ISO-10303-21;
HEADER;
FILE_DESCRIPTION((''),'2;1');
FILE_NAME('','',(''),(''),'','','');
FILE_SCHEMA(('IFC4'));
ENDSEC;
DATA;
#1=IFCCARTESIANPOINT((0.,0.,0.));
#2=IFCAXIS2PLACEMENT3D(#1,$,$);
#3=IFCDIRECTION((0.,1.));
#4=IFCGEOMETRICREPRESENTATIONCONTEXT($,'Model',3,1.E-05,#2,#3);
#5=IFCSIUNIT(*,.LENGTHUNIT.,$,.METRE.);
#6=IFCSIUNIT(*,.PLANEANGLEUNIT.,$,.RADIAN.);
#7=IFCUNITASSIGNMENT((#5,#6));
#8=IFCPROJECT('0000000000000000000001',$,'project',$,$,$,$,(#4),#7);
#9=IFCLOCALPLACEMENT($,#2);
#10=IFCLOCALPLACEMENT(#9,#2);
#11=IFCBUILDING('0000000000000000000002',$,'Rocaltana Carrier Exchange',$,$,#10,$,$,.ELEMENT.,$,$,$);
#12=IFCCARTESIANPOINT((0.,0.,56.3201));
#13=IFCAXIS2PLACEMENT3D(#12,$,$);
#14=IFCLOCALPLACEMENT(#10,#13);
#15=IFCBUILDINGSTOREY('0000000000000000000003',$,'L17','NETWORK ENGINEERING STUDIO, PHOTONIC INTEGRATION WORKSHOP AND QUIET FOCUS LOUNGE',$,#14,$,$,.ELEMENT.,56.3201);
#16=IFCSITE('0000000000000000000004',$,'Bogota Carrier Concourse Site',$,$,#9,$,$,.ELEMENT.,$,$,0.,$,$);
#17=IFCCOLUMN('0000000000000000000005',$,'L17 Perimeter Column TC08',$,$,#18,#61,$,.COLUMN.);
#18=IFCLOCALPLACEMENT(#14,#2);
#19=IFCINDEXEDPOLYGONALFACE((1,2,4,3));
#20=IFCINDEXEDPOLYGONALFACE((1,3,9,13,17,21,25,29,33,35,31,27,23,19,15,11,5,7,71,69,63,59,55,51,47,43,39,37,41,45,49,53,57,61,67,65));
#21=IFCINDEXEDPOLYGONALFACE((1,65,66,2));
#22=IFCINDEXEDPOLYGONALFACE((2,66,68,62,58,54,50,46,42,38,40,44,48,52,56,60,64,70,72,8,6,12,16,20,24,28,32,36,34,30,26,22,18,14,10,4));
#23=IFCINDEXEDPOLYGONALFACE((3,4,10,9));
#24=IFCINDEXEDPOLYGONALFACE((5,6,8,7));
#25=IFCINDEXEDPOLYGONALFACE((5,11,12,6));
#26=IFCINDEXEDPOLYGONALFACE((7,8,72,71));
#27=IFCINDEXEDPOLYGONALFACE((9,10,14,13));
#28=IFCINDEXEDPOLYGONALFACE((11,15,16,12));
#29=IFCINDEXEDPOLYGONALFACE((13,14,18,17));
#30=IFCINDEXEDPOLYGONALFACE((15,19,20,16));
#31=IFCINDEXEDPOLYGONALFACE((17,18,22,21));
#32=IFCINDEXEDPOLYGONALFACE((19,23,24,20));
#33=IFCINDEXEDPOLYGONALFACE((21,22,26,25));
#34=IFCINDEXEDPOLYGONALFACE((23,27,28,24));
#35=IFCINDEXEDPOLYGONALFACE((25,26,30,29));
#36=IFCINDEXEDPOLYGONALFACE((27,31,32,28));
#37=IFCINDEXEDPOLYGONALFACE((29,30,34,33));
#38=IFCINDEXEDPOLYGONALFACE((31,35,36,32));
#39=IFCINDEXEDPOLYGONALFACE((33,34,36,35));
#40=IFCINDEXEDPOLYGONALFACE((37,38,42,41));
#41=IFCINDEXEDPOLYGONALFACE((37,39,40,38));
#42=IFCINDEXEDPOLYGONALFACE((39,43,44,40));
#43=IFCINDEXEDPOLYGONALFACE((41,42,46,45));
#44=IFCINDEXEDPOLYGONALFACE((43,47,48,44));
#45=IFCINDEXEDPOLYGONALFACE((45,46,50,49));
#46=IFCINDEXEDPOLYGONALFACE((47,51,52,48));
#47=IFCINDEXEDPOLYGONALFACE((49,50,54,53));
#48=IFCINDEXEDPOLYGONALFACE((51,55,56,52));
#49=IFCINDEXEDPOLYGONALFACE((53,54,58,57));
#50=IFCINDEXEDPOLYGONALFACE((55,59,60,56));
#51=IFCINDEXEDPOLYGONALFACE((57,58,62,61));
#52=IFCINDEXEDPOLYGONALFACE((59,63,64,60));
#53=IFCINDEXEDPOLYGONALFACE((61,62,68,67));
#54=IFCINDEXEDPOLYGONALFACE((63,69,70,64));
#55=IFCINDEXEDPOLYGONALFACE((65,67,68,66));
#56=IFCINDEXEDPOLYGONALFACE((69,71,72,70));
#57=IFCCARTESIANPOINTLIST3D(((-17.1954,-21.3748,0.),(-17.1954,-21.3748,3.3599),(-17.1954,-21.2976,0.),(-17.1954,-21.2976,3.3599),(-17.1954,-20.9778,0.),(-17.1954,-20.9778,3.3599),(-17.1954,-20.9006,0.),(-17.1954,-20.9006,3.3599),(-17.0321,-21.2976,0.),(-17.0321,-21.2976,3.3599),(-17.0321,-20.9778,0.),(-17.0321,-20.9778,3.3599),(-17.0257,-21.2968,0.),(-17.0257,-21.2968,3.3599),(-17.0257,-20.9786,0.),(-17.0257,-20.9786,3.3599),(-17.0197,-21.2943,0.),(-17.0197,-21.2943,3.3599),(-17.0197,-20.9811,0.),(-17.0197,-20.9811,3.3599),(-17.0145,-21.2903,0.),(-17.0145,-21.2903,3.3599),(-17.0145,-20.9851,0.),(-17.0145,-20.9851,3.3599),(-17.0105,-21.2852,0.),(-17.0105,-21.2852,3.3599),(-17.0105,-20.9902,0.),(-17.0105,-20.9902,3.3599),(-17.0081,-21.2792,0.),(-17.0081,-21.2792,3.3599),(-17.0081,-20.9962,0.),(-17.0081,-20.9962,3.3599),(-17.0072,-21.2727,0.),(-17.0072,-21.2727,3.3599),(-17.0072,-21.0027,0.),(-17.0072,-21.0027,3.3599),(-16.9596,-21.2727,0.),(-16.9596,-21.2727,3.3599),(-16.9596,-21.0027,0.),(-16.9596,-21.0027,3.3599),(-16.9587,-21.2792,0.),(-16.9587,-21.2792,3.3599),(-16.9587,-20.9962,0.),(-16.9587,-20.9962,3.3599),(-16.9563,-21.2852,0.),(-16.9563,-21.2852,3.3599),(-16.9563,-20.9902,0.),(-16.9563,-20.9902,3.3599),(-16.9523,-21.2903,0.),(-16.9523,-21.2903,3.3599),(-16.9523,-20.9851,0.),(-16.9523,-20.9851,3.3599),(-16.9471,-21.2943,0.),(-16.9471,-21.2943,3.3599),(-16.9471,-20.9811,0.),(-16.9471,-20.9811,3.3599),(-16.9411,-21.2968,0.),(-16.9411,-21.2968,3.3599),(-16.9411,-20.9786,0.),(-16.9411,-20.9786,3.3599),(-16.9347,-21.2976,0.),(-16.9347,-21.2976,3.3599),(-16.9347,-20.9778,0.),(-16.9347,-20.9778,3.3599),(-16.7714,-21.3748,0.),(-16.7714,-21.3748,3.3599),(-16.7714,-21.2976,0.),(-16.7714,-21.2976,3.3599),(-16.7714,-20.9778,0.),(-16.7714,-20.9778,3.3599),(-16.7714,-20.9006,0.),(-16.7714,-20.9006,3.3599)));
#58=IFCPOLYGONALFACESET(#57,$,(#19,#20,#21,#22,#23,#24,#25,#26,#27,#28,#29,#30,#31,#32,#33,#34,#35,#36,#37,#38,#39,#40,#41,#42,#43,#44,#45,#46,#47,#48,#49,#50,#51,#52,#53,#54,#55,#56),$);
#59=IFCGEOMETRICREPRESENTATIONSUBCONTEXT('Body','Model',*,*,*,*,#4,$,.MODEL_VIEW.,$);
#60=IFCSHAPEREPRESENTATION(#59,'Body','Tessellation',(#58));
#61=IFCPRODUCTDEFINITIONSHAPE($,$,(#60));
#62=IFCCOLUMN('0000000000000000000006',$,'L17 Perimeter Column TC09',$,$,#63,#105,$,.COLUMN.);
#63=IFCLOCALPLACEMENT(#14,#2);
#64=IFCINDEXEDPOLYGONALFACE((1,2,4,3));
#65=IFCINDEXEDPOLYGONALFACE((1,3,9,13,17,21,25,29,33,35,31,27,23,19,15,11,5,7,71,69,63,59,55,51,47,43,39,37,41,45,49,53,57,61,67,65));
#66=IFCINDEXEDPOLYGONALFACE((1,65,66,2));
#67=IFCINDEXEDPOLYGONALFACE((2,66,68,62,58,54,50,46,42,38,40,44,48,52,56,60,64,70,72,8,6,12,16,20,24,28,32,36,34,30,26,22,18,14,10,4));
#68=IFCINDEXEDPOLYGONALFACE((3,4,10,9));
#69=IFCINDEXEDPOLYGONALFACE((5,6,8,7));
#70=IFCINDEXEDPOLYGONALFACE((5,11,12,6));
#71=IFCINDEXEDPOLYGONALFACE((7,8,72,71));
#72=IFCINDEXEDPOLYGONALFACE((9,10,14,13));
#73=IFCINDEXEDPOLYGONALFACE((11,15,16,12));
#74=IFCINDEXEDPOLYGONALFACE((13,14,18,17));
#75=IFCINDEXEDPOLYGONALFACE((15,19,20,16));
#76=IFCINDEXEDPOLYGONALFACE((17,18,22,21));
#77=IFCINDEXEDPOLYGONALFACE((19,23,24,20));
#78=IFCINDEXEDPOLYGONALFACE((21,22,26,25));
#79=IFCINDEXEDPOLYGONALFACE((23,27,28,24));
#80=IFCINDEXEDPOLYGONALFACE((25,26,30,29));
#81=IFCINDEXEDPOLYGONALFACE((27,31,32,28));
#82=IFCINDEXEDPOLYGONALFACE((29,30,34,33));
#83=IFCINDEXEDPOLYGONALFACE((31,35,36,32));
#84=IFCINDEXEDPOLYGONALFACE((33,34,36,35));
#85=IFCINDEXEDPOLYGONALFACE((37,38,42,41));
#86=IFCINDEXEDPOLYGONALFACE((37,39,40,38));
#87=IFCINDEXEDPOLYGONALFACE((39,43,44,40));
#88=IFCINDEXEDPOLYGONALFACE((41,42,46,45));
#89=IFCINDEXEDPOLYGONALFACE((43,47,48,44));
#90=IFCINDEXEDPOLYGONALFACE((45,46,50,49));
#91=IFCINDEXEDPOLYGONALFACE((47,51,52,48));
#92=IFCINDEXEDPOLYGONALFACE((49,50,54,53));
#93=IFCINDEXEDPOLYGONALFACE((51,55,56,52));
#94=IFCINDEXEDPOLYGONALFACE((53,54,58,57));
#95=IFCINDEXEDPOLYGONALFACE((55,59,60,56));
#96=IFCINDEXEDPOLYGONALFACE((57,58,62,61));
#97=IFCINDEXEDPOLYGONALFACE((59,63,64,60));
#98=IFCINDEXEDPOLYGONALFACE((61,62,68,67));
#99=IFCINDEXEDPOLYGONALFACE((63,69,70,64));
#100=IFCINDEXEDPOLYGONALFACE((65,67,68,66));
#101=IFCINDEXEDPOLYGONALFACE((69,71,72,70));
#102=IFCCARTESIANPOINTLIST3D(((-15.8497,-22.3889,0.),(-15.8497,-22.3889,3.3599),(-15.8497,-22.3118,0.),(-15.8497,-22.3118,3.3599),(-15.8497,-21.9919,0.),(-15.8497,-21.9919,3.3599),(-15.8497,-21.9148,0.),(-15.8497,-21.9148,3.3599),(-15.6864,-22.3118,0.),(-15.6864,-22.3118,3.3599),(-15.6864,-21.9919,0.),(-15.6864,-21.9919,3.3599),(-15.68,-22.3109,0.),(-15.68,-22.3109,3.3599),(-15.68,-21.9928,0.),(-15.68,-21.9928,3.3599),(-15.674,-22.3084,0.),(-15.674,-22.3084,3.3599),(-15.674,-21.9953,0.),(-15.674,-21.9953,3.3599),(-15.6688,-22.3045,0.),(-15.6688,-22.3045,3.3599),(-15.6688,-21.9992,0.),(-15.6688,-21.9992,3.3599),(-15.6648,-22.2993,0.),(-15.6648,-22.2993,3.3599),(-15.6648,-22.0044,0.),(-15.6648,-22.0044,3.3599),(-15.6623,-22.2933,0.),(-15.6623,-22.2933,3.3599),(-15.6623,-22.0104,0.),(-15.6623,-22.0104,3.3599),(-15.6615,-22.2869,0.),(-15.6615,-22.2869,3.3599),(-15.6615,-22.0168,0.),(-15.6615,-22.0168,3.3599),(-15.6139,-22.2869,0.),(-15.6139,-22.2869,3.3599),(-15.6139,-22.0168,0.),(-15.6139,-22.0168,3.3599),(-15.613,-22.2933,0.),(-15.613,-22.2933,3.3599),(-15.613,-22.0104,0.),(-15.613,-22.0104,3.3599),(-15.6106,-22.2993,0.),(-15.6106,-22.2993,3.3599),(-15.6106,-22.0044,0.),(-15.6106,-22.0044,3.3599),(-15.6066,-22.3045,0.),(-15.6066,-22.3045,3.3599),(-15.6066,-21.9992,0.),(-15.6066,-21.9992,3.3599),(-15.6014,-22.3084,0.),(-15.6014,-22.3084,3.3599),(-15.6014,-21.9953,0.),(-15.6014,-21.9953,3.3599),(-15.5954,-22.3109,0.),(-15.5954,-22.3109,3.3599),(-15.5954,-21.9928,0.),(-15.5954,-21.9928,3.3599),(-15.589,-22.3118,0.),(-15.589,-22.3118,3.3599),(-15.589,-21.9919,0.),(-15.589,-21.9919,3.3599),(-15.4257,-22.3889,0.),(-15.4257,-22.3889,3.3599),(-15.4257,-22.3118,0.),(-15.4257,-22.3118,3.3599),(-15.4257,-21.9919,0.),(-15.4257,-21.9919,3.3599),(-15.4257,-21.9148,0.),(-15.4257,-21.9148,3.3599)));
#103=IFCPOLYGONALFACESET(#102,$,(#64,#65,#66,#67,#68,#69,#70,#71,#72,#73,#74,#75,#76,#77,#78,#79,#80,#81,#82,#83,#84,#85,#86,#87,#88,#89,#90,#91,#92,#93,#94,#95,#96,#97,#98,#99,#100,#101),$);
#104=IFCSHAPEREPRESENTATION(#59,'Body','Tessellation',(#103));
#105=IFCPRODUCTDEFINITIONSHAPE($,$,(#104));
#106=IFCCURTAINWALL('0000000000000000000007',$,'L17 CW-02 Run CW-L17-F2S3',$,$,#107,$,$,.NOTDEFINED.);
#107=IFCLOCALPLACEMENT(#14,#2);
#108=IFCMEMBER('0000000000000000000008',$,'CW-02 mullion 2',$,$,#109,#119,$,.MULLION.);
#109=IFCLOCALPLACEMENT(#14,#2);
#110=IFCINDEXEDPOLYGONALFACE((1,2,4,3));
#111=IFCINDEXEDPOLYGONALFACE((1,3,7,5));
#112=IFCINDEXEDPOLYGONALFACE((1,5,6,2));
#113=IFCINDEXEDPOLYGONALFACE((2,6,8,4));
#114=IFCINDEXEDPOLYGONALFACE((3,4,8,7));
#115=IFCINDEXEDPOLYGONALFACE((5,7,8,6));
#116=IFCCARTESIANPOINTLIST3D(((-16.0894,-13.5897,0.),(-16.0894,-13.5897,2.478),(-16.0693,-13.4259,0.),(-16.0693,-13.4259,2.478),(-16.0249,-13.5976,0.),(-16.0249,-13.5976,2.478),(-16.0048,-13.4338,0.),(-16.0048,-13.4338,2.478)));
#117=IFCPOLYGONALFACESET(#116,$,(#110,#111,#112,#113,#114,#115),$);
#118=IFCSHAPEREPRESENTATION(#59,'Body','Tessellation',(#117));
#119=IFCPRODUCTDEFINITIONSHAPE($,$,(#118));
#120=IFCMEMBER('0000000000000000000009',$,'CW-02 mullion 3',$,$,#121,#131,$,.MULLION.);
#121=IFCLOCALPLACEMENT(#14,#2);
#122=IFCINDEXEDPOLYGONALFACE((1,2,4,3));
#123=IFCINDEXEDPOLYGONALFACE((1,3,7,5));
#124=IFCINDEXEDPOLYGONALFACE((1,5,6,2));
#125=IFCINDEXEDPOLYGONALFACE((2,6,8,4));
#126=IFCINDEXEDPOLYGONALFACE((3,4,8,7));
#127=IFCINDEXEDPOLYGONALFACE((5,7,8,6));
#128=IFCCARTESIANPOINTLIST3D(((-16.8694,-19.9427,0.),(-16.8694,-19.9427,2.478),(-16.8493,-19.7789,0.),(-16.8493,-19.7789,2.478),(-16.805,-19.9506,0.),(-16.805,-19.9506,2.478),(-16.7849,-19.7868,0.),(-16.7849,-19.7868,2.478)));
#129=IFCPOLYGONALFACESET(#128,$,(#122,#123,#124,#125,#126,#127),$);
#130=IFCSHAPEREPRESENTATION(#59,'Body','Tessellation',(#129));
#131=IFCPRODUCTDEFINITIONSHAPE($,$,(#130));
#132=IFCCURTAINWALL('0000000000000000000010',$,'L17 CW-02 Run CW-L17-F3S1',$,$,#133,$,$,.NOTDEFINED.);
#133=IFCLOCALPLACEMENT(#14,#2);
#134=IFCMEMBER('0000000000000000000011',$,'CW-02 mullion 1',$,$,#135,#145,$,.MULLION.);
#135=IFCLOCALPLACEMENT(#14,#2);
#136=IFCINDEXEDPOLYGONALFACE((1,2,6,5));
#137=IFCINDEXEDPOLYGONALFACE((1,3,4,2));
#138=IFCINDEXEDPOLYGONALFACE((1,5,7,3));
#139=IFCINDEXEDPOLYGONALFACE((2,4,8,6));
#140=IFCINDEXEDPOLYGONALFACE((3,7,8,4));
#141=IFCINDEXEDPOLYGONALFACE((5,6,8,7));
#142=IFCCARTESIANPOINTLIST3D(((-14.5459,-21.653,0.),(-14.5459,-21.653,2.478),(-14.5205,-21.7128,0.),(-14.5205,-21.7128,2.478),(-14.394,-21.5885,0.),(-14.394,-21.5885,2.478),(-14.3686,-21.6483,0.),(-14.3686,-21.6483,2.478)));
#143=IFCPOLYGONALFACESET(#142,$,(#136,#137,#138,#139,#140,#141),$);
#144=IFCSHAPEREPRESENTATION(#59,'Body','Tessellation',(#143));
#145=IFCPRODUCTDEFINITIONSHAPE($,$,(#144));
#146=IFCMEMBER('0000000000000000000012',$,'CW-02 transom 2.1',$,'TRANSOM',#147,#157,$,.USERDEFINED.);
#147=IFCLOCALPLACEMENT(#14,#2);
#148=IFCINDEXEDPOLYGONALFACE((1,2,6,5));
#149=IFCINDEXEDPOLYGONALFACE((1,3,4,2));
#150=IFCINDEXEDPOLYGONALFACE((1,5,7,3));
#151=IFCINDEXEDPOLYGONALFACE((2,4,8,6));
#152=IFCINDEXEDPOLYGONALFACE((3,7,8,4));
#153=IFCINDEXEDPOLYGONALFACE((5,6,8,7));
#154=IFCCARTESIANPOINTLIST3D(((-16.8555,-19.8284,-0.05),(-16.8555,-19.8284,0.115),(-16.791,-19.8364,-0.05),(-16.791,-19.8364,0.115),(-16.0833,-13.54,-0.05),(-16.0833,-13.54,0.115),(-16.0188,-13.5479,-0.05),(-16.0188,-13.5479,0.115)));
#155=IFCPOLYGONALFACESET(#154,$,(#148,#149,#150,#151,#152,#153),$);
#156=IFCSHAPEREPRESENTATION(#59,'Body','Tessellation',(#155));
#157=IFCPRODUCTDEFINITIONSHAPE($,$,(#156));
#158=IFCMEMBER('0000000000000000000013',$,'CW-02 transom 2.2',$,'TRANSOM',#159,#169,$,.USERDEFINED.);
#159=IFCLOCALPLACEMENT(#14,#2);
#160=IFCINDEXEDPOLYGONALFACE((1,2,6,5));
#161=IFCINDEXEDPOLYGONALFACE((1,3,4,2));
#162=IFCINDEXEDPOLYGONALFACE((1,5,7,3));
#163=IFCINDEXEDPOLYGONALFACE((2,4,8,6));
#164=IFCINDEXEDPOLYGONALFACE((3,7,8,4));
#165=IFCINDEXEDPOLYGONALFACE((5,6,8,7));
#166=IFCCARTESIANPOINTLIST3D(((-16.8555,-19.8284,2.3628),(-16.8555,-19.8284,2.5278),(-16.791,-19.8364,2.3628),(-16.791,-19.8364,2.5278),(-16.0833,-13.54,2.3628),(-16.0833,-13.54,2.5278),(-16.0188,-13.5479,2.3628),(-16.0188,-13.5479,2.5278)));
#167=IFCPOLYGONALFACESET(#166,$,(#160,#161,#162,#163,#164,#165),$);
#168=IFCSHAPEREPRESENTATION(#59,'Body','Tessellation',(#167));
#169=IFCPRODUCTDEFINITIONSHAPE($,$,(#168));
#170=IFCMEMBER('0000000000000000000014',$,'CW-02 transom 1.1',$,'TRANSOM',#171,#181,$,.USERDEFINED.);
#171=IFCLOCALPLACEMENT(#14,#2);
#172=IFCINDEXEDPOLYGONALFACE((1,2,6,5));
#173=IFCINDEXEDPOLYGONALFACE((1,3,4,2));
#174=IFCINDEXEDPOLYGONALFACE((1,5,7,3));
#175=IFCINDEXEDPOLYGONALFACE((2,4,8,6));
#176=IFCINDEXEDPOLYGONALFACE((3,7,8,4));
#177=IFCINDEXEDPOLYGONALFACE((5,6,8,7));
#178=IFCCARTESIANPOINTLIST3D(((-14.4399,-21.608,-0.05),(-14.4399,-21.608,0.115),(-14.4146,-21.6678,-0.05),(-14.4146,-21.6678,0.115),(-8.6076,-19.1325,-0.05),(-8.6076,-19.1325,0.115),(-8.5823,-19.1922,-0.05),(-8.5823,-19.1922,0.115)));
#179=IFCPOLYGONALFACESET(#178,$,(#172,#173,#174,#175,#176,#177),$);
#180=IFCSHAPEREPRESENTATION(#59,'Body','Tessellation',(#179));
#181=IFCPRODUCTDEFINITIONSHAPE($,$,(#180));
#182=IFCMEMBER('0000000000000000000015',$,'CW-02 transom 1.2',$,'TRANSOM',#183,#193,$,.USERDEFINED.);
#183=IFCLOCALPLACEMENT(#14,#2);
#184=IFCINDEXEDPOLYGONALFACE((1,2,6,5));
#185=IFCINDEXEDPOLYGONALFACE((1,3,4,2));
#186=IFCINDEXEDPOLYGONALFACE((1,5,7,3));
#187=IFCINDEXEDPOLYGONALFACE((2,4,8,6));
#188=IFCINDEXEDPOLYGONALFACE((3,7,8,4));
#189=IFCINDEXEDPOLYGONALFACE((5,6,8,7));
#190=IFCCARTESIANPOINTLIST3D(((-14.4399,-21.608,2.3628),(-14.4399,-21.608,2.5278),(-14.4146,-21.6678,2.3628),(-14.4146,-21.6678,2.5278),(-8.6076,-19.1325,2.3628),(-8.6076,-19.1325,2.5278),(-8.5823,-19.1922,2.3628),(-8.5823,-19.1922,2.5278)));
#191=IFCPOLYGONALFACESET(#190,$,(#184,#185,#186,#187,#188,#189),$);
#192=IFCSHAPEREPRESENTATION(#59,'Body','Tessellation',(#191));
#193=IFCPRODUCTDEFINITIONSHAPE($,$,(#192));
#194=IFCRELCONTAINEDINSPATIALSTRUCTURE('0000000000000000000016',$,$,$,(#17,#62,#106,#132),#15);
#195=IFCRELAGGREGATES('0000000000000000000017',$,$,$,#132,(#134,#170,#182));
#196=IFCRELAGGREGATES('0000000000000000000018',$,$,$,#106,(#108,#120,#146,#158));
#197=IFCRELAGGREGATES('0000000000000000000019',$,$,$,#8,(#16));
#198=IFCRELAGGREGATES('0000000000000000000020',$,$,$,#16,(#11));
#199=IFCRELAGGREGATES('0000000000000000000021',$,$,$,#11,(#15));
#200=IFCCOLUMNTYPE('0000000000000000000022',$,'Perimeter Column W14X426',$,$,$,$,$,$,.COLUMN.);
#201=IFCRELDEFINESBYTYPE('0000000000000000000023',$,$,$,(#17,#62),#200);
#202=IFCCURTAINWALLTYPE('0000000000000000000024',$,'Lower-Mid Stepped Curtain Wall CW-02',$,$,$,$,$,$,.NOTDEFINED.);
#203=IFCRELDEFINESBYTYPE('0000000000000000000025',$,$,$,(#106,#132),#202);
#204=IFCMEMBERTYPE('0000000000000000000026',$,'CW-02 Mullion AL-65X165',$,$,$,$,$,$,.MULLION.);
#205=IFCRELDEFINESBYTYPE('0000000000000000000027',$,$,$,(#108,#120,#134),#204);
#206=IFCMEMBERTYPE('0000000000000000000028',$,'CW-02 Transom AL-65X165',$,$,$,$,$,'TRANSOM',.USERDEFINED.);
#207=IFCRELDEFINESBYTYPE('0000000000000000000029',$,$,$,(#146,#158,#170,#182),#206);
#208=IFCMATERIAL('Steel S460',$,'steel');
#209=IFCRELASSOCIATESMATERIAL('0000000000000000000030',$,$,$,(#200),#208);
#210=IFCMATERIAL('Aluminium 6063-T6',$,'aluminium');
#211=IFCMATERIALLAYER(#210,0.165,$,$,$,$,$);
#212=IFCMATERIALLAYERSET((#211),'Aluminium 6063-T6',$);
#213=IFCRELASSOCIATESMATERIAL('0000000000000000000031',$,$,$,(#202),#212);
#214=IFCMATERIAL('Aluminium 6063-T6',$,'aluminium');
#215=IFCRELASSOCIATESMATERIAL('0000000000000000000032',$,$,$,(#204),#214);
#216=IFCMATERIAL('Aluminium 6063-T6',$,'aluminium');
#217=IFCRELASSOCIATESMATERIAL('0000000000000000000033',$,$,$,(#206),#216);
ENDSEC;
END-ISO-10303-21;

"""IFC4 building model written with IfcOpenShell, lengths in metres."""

from ifc_helpers import new_model, si_unit, direction, frame, origin, origin_2d, place, context, subcontext, project, spatial, rectangle, i_section, extrude, material, layer, layer_set, material_profile, profile_set, type_object, element, aggregate, save


model = new_model("IFC4")

# Units and contexts
model_context = context("Model", 3, precision=1e-05, world=origin(), true_north=direction((0.0, 1.0)))
body_context = subcontext(model_context, "Body", "Model", "MODEL_VIEW")
ifc_project = project(units=[si_unit("LENGTHUNIT", "METRE"), si_unit("PLANEANGLEUNIT", "RADIAN")], contexts=[model_context])

# Site, building, storey
site_placement = place(None, origin())
site = spatial("IfcSite", under=ifc_project, at=site_placement, Name="Bogota Carrier Concourse Site", CompositionType="ELEMENT", RefElevation=0.0)
building_placement = place(site_placement, origin())
building = spatial("IfcBuilding", under=site, at=building_placement, Name="Rocaltana Carrier Exchange", CompositionType="ELEMENT")
storey_placement = place(building_placement, frame((0.0, 0.0, 56.3201)))
storey = spatial("IfcBuildingStorey", under=building, at=storey_placement, Name="L17", Description="NETWORK ENGINEERING STUDIO, PHOTONIC INTEGRATION WORKSHOP AND QUIET FOCUS LOUNGE", CompositionType="ELEMENT", Elevation=56.3201)

# Columns
ifc_material_1 = material(Name="Steel S460", Category="steel")
ifc_material_profile_1 = material_profile(ifc_material_1, i_section(OverallWidth=0.4241, OverallDepth=0.4741, WebThickness=0.0476, FlangeThickness=0.0771, FilletRadius=0.0249, at=origin_2d()), Name="W14X426")
ifc_profile_set_1 = profile_set([ifc_material_profile_1], Name="Steel S460")
column_type = type_object("IfcColumnType", Name="Perimeter Column W14X426", PredefinedType="COLUMN", material=ifc_profile_set_1)
for number, where, z_axis, x_axis, name in (
    (1, (-16.9834, -21.1377, 0.0), (0.0, 0.0, 1.0), (1.0, 0.0, 0.0), "L17 Perimeter Column TC08"),
    (2, (-15.6377, -22.1519, 0.0), (0.0, 0.0, 1.0), (1.0, 0.0, 0.0), "L17 Perimeter Column TC09"),
):
    element("IfcColumn", number, at=place(storey_placement, frame(where, z_axis=z_axis, x_axis=x_axis)), inside=storey, type_object=column_type, Name=name, PredefinedType="COLUMN", context=body_context, shape_type="SweptSolid", body=[
        extrude(i_section(OverallWidth=0.4241, OverallDepth=0.4741, WebThickness=0.0476, FlangeThickness=0.0771, FilletRadius=0.0249, at=origin_2d()), origin(), (0.0, 0.0, 1.0), 3.3599),
    ])

# Curtain wall, members
ifc_material_2 = material(Name="Aluminium 6063-T6", Category="aluminium")
ifc_layer_1 = layer(ifc_material_2, 0.165)
ifc_layer_set_1 = layer_set([ifc_layer_1], Name="Aluminium 6063-T6")
curtain_wall_type = type_object("IfcCurtainWallType", Name="Lower-Mid Stepped Curtain Wall CW-02", PredefinedType="NOTDEFINED", material=ifc_layer_set_1)
curtain_wall_1_placement = place(storey_placement, origin())
curtain_wall_1 = element("IfcCurtainWall", 3, at=curtain_wall_1_placement, inside=storey, type_object=curtain_wall_type, Name="L17 CW-02 Run CW-L17-F2S3", PredefinedType="NOTDEFINED")
ifc_material_3 = material(Name="Aluminium 6063-T6", Category="aluminium")
ifc_material_profile_2 = material_profile(ifc_material_3, rectangle(XDim=0.0649, YDim=0.165, at=origin_2d()), Name="AL-65X165")
ifc_profile_set_2 = profile_set([ifc_material_profile_2], Name="Aluminium 6063-T6")
member_type_1 = type_object("IfcMemberType", Name="CW-02 Mullion AL-65X165", PredefinedType="MULLION", material=ifc_profile_set_2)
member_1_placement = place(storey_placement, frame((-16.0471, -13.5117, 0.0), z_axis=(0.0, 0.0, 1.0), x_axis=(0.992545, -0.121881, 0.0)))
member_1 = element("IfcMember", 4, at=member_1_placement, type_object=member_type_1, Name="CW-02 mullion 2", PredefinedType="MULLION", context=body_context, shape_type="SweptSolid", body=[
    extrude(rectangle(XDim=0.0649, YDim=0.165, at=origin_2d()), origin(), (0.0, 0.0, 1.0), 2.478),
])
member_2_placement = place(storey_placement, frame((-16.8271, -19.8647, 0.0), z_axis=(0.0, 0.0, 1.0), x_axis=(0.992545, -0.121881, 0.0)))
member_2 = element("IfcMember", 5, at=member_2_placement, type_object=member_type_1, Name="CW-02 mullion 3", PredefinedType="MULLION", context=body_context, shape_type="SweptSolid", body=[
    extrude(rectangle(XDim=0.0649, YDim=0.165, at=origin_2d()), origin(), (0.0, 0.0, 1.0), 2.478),
])

# Curtain wall, member
curtain_wall_2_placement = place(storey_placement, origin())
curtain_wall_2 = element("IfcCurtainWall", 6, at=curtain_wall_2_placement, inside=storey, type_object=curtain_wall_type, Name="L17 CW-02 Run CW-L17-F3S1", PredefinedType="NOTDEFINED")
member_3_placement = place(storey_placement, frame((-14.4573, -21.6506, 0.0), z_axis=(0.0, 0.0, 1.0), x_axis=(-0.390729, 0.920506, 0.0)))
member_3 = element("IfcMember", 7, at=member_3_placement, type_object=member_type_1, Name="CW-02 mullion 1", PredefinedType="MULLION", context=body_context, shape_type="SweptSolid", body=[
    extrude(rectangle(XDim=0.0649, YDim=0.165, at=origin_2d()), origin(), (0.0, 0.0, 1.0), 2.478),
])

# Members
ifc_material_4 = material(Name="Aluminium 6063-T6", Category="aluminium")
ifc_material_profile_3 = material_profile(ifc_material_4, rectangle(XDim=0.0649, YDim=0.165, at=origin_2d()), Name="AL-65X165")
ifc_profile_set_3 = profile_set([ifc_material_profile_3], Name="Aluminium 6063-T6")
member_type_2 = type_object("IfcMemberType", Name="CW-02 Transom AL-65X165", ElementType="TRANSOM", PredefinedType="USERDEFINED", material=ifc_profile_set_3)
member_4_placement = place(storey_placement, frame((-16.051, -13.5439, 0.0325), z_axis=(-0.121881, -0.992545, 0.0), x_axis=(0.992545, -0.121881, 0.0)))
member_4 = element("IfcMember", 8, at=member_4_placement, type_object=member_type_2, Name="CW-02 transom 2.1", ObjectType="TRANSOM", PredefinedType="USERDEFINED", context=body_context, shape_type="SweptSolid", body=[
    extrude(rectangle(XDim=0.0649, YDim=0.165, at=origin_2d()), origin(), (0.0, 0.0, 1.0), 6.3357),
])
member_5_placement = place(storey_placement, frame((-16.051, -13.5439, 2.4453), z_axis=(-0.121881, -0.992545, 0.0), x_axis=(0.992545, -0.121881, 0.0)))
member_5 = element("IfcMember", 9, at=member_5_placement, type_object=member_type_2, Name="CW-02 transom 2.2", ObjectType="TRANSOM", PredefinedType="USERDEFINED", context=body_context, shape_type="SweptSolid", body=[
    extrude(rectangle(XDim=0.0649, YDim=0.165, at=origin_2d()), origin(), (0.0, 0.0, 1.0), 6.3357),
])
member_6_placement = place(storey_placement, frame((-14.4272, -21.6379, 0.0325), z_axis=(0.920509, 0.390722, 0.0), x_axis=(-0.390722, 0.920509, 0.0)))
member_6 = element("IfcMember", 10, at=member_6_placement, type_object=member_type_2, Name="CW-02 transom 1.1", ObjectType="TRANSOM", PredefinedType="USERDEFINED", context=body_context, shape_type="SweptSolid", body=[
    extrude(rectangle(XDim=0.0649, YDim=0.165, at=origin_2d()), origin(), (0.0, 0.0, 1.0), 6.3359),
])
member_7_placement = place(storey_placement, frame((-14.4272, -21.6379, 2.4453), z_axis=(0.920509, 0.390722, 0.0), x_axis=(-0.390722, 0.920509, 0.0)))
member_7 = element("IfcMember", 11, at=member_7_placement, type_object=member_type_2, Name="CW-02 transom 1.2", ObjectType="TRANSOM", PredefinedType="USERDEFINED", context=body_context, shape_type="SweptSolid", body=[
    extrude(rectangle(XDim=0.0649, YDim=0.165, at=origin_2d()), origin(), (0.0, 0.0, 1.0), 6.3359),
])
aggregate(curtain_wall_2, [member_3, member_6, member_7])

aggregate(curtain_wall_1, [member_1, member_2, member_4, member_5])

save(model, "model.ifc")
